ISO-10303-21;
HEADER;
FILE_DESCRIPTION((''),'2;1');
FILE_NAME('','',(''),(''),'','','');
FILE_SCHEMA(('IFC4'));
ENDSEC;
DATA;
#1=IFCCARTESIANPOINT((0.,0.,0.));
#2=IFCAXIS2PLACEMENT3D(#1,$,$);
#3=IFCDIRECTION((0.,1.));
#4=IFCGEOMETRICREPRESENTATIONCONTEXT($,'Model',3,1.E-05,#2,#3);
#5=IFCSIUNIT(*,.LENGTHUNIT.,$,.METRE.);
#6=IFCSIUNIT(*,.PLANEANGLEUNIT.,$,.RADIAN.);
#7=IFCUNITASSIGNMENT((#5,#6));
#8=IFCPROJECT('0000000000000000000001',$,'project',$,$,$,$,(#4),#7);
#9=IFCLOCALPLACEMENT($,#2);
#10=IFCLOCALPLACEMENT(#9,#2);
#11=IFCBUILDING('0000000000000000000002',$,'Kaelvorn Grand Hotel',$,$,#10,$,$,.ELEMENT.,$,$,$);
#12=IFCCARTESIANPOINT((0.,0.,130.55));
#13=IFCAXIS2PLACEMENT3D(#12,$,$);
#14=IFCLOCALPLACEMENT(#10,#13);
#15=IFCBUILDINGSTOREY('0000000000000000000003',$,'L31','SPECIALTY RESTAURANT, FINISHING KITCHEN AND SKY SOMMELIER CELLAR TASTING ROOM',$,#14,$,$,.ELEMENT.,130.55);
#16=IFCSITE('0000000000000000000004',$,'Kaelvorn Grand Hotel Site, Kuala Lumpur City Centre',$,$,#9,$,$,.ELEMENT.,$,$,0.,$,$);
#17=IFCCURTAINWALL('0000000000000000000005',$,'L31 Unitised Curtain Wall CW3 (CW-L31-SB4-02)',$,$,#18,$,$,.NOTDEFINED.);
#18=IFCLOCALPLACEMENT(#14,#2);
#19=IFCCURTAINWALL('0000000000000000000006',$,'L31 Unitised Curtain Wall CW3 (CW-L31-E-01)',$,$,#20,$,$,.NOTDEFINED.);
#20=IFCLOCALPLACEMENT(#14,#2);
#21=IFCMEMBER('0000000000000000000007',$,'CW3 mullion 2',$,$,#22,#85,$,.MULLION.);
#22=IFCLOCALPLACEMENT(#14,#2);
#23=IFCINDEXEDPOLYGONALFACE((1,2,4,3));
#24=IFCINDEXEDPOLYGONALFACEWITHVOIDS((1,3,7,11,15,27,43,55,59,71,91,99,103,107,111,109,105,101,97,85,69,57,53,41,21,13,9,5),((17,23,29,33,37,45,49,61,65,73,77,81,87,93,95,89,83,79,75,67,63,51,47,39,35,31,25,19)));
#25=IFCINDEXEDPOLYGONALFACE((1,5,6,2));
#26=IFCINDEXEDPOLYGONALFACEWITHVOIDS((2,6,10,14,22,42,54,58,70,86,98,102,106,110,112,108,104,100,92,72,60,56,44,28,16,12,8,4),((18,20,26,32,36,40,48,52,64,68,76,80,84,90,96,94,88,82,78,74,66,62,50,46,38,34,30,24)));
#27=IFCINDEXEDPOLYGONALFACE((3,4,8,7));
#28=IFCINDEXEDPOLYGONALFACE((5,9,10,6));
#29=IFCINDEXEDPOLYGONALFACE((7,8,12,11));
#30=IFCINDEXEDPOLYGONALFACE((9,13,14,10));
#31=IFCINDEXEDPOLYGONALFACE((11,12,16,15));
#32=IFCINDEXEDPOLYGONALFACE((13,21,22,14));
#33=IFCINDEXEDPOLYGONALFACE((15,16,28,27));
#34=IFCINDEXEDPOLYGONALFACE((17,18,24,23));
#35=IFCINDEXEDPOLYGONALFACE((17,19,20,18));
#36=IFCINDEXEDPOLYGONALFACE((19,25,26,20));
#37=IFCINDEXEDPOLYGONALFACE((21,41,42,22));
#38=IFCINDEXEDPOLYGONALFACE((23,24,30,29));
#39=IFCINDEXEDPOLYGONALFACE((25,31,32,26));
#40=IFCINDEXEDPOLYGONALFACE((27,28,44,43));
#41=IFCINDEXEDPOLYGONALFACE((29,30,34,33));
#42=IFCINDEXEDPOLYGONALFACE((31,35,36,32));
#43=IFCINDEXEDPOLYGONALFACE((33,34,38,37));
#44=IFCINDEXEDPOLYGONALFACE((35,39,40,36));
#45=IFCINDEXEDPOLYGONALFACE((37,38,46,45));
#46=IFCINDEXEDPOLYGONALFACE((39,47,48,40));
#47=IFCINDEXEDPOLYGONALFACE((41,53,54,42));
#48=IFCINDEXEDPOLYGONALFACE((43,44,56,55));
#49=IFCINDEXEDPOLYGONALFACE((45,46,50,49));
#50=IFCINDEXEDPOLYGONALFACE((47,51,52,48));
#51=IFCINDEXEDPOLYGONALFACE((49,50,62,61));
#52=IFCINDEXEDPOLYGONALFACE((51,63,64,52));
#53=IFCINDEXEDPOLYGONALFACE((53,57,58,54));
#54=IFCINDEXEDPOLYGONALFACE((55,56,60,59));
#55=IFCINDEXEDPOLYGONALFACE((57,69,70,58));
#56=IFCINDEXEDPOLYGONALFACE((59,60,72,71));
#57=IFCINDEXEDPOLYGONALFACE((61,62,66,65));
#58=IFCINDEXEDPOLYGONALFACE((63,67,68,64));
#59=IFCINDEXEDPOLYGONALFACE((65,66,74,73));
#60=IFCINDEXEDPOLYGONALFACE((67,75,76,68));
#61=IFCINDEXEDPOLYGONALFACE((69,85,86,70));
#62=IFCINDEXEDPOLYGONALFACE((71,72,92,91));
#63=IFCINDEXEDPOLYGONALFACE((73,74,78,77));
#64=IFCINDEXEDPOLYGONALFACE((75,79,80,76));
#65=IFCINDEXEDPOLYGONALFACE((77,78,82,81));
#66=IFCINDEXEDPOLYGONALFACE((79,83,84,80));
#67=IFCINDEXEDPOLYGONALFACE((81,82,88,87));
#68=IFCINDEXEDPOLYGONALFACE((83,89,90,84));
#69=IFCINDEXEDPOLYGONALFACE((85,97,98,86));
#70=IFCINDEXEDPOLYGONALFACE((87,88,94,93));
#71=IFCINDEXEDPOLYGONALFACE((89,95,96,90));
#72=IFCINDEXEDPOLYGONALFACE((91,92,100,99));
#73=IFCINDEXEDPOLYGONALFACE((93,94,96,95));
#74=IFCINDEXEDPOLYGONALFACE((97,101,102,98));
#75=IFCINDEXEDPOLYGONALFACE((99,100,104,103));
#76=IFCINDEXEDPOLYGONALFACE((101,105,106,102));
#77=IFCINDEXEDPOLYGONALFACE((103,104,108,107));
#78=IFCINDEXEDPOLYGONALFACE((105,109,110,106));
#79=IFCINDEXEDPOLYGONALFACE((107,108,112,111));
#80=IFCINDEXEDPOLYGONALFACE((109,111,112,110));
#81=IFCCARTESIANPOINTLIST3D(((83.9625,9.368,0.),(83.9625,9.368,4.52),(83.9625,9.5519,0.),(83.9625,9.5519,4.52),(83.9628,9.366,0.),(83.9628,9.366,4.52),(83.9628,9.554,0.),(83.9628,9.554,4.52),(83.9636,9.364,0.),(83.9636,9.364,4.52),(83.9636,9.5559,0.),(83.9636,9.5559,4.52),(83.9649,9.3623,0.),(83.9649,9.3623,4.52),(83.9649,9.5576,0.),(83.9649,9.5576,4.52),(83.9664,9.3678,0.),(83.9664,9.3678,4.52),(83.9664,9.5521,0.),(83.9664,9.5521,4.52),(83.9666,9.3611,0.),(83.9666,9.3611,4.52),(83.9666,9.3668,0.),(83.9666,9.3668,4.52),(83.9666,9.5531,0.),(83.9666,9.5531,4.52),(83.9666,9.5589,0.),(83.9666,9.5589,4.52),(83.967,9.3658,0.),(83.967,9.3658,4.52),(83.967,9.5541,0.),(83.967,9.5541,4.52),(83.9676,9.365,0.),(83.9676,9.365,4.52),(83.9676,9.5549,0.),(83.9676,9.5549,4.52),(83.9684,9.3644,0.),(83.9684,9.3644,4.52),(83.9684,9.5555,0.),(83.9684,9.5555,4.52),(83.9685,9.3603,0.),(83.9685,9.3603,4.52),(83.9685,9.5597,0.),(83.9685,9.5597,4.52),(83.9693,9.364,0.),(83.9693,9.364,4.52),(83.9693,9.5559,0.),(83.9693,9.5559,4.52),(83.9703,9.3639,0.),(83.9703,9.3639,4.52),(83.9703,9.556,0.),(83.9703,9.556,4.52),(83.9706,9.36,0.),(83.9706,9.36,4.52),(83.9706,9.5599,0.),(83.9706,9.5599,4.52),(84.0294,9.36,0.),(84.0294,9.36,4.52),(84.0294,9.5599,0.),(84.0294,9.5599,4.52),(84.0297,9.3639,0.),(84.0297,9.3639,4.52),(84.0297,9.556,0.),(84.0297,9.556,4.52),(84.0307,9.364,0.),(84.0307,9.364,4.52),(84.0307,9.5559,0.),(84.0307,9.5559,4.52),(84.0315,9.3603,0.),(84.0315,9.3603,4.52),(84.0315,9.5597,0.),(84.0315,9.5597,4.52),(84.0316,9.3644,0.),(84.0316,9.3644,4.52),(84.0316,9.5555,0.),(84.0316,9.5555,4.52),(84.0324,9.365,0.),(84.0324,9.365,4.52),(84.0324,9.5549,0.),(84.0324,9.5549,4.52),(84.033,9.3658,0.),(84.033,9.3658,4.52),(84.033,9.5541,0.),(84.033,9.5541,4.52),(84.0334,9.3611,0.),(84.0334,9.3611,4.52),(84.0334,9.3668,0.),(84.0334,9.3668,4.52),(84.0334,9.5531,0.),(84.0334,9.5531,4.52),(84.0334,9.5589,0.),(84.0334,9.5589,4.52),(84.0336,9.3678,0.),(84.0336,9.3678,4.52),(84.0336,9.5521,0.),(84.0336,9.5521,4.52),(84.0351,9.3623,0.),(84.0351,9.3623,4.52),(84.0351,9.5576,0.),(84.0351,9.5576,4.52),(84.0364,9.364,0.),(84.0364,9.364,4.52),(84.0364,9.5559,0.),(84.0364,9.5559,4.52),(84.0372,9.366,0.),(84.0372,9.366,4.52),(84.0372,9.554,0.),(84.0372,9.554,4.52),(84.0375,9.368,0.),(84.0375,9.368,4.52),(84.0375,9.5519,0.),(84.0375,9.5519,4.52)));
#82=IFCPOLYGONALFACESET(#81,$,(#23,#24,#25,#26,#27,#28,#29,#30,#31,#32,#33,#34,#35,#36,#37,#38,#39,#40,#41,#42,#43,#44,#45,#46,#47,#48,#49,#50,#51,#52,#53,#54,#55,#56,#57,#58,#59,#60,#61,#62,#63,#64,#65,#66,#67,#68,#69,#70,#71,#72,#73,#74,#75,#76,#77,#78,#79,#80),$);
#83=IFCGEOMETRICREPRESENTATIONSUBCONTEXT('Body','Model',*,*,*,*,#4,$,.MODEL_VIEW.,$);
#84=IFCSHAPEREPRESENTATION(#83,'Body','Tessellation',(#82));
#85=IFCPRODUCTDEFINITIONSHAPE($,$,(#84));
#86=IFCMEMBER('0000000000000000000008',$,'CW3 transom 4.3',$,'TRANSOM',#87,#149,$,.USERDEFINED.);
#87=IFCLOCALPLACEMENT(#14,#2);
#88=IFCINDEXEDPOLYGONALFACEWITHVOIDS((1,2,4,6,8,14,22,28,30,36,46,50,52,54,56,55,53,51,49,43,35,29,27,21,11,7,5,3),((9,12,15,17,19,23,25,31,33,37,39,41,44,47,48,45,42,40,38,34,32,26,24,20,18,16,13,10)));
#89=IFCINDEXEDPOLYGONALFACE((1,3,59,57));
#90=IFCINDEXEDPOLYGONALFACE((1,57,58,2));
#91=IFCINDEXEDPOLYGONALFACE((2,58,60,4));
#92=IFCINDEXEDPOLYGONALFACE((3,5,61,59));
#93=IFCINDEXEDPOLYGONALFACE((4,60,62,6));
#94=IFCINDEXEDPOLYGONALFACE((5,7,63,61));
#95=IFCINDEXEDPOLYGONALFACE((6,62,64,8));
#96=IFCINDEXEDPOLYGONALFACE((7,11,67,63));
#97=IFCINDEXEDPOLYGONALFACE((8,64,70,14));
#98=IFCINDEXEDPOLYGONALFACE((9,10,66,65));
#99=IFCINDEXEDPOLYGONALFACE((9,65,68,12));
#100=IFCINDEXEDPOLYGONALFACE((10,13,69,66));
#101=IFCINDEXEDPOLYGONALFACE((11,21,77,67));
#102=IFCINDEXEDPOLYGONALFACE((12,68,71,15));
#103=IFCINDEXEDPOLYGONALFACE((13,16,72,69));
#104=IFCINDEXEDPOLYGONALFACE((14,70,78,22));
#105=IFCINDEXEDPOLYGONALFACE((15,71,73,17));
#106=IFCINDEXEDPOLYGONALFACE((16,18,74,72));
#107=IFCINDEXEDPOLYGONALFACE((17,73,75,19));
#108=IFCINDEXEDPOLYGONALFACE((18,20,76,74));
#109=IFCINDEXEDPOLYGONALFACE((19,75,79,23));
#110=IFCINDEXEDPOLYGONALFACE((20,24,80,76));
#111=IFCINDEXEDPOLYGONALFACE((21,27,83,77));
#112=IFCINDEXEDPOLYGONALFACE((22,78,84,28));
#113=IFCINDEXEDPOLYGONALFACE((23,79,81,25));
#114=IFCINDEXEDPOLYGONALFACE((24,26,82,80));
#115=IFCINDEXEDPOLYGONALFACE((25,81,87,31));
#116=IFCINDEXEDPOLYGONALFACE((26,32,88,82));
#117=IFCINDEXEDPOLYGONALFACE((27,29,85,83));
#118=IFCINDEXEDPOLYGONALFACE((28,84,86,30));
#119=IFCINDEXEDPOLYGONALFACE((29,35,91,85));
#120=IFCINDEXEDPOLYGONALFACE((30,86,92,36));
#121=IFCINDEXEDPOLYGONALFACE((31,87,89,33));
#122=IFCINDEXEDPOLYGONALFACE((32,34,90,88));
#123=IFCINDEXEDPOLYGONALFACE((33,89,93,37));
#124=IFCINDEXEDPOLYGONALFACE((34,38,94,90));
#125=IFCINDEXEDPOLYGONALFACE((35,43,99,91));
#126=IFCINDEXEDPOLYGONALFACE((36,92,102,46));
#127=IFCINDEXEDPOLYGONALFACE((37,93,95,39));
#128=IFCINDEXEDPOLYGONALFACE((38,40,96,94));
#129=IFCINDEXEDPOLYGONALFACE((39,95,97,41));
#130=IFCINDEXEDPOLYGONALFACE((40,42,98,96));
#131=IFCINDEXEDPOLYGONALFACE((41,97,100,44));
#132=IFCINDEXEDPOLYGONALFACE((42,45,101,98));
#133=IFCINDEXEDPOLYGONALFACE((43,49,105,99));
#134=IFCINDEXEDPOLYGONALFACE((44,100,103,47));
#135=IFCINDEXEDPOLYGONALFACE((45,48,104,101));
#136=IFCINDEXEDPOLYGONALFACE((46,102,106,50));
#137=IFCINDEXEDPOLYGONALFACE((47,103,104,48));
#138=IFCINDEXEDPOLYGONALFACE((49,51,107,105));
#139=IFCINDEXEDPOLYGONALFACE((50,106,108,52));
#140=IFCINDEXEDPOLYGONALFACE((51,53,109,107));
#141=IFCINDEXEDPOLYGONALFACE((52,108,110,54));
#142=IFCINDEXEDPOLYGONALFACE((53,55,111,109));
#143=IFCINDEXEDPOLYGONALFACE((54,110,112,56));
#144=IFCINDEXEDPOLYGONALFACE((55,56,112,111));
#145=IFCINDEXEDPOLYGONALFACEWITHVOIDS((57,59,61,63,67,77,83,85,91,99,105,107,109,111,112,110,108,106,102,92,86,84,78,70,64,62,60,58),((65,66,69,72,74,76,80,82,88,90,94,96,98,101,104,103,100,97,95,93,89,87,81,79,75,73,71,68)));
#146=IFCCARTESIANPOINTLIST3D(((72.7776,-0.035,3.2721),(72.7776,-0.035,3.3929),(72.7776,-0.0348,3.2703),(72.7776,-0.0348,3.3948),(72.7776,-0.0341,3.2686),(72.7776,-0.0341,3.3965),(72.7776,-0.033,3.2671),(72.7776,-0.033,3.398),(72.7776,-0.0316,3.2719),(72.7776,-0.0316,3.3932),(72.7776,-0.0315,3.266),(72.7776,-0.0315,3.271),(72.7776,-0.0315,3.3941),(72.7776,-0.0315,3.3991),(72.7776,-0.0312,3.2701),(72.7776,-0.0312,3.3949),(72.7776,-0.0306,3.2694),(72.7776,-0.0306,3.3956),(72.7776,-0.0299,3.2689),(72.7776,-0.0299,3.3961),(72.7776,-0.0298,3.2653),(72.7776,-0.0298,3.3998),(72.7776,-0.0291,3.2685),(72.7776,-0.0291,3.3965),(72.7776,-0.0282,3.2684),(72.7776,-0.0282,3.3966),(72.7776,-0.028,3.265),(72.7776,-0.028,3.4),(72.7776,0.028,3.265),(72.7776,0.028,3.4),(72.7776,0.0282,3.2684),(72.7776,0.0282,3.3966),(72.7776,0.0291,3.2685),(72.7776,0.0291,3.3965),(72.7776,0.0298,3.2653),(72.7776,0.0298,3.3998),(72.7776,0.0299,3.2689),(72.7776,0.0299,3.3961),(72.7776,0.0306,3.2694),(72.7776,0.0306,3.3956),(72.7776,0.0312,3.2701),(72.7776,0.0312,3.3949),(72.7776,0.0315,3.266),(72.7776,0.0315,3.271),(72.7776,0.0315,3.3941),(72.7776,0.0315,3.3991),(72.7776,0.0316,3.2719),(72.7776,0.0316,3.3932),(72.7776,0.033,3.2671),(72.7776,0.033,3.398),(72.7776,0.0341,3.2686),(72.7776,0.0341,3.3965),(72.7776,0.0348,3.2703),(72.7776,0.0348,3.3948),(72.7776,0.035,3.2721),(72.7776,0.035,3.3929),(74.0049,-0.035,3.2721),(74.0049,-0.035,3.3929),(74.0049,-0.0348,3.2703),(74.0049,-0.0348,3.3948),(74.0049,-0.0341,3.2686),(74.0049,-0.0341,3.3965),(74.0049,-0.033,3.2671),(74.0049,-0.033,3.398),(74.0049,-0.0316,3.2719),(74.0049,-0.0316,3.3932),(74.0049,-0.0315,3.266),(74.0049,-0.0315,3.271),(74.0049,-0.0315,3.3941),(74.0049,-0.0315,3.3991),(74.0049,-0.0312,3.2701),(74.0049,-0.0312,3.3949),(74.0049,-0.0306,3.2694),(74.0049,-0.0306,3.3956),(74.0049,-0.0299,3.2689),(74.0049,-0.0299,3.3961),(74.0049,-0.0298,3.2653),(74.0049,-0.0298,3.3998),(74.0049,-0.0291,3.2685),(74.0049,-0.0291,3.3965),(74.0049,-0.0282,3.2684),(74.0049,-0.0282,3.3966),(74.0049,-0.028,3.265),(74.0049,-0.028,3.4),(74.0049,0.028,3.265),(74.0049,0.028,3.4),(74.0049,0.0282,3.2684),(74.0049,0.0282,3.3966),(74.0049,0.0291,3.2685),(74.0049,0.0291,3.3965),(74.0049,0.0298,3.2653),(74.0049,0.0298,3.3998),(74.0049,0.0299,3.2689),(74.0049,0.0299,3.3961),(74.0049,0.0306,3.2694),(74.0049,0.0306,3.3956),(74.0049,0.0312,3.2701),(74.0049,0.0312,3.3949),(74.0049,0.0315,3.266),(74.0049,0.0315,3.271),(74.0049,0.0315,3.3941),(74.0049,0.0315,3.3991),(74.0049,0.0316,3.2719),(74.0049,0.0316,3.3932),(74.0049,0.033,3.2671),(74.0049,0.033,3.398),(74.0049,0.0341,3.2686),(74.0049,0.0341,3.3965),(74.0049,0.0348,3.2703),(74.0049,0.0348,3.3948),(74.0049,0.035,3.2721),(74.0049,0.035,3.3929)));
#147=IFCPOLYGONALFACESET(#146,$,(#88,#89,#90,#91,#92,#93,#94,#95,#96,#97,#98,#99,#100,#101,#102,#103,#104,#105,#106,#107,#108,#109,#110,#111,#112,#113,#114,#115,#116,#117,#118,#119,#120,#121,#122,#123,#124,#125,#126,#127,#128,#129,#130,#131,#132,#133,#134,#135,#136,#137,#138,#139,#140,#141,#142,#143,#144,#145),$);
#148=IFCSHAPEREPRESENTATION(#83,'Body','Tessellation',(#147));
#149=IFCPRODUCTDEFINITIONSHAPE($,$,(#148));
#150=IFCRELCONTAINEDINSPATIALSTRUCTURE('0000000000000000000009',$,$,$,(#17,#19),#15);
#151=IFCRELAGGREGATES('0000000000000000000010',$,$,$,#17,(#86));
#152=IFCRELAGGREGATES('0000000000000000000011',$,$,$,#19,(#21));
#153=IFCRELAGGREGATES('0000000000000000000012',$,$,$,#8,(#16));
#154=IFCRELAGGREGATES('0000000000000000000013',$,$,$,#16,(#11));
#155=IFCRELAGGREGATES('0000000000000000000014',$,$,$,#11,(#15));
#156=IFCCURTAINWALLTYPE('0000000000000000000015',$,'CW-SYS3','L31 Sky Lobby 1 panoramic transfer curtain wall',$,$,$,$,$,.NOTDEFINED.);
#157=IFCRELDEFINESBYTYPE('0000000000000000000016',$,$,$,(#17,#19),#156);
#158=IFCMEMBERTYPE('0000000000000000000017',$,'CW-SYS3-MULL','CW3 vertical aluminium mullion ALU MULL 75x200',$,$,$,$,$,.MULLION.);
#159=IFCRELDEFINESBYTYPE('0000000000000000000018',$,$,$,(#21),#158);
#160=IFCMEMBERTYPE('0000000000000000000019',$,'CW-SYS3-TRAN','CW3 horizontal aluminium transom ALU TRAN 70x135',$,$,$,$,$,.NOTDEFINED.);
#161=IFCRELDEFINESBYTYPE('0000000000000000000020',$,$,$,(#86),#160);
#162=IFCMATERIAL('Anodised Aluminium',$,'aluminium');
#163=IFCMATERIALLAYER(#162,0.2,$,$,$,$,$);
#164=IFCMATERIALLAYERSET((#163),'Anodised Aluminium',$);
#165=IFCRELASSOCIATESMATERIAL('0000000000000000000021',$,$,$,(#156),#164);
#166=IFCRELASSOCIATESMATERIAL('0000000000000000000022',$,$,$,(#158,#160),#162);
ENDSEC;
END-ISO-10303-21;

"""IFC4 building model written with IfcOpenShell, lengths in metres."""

from ifc_helpers import new_model, si_unit, direction, frame, origin, origin_2d, place, context, subcontext, project, spatial, hollow_rectangle, extrude, material, layer, layer_set, material_profile, profile_set, type_object, element, aggregate, save


model = new_model("IFC4")

# Units and contexts
model_context = context("Model", 3, precision=1e-05, world=origin(), true_north=direction((0.0, 1.0)))
body_context = subcontext(model_context, "Body", "Model", "MODEL_VIEW")
ifc_project = project(units=[si_unit("LENGTHUNIT", "METRE"), si_unit("PLANEANGLEUNIT", "RADIAN")], contexts=[model_context])

# Site, building, storey
site_placement = place(None, origin())
site = spatial("IfcSite", under=ifc_project, at=site_placement, Name="Kaelvorn Grand Hotel Site, Kuala Lumpur City Centre", CompositionType="ELEMENT", RefElevation=0.0)
building_placement = place(site_placement, origin())
building = spatial("IfcBuilding", under=site, at=building_placement, Name="Kaelvorn Grand Hotel", CompositionType="ELEMENT")
storey_placement = place(building_placement, frame((0.0, 0.0, 130.55)))
storey = spatial("IfcBuildingStorey", under=building, at=storey_placement, Name="L31", Description="SPECIALTY RESTAURANT, FINISHING KITCHEN AND SKY SOMMELIER CELLAR TASTING ROOM", CompositionType="ELEMENT", Elevation=130.55)

# Curtain wall
ifc_material_1 = material(Name="Anodised Aluminium", Category="aluminium")
ifc_layer_1 = layer(ifc_material_1, 0.2)
ifc_layer_set_1 = layer_set([ifc_layer_1], Name="Anodised Aluminium")
curtain_wall_type = type_object("IfcCurtainWallType", Name="CW-SYS3", Description="L31 Sky Lobby 1 panoramic transfer curtain wall", PredefinedType="NOTDEFINED", material=ifc_layer_set_1)
curtain_wall_1_placement = place(storey_placement, origin())
curtain_wall_1 = element("IfcCurtainWall", 1, at=curtain_wall_1_placement, inside=storey, type_object=curtain_wall_type, Name="L31 Unitised Curtain Wall CW3 (CW-L31-SB4-02)", PredefinedType="NOTDEFINED")
ifc_material_profile_1 = material_profile(ifc_material_1, hollow_rectangle(XDim=0.075, YDim=0.2, WallThickness=0.0039, InnerFilletRadius=0.0039, OuterFilletRadius=0.0081, at=origin_2d()), Name="ALU MULL 75x200")
ifc_profile_set_1 = profile_set([ifc_material_profile_1], Name="Anodised Aluminium")
member_type_1 = type_object("IfcMemberType", Name="CW-SYS3-MULL", Description="CW3 vertical aluminium mullion ALU MULL 75x200", PredefinedType="MULLION", material=ifc_profile_set_1)

# Curtain wall, member
curtain_wall_2_placement = place(storey_placement, origin())
curtain_wall_2 = element("IfcCurtainWall", 2, at=curtain_wall_2_placement, inside=storey, type_object=curtain_wall_type, Name="L31 Unitised Curtain Wall CW3 (CW-L31-E-01)", PredefinedType="NOTDEFINED")
member_1_placement = place(storey_placement, frame((84.0, 9.46, 0.0), z_axis=(0.0, 0.0, 1.0), x_axis=(-1.0, 0.0, 0.0)))
member_1 = element("IfcMember", 3, at=member_1_placement, type_object=member_type_1, Name="CW3 mullion 2", PredefinedType="MULLION", context=body_context, shape_type="SweptSolid", body=[
    extrude(hollow_rectangle(XDim=0.075, YDim=0.2, WallThickness=0.0039, InnerFilletRadius=0.0039, OuterFilletRadius=0.0081, at=origin_2d()), origin(), (0.0, 0.0, 1.0), 4.52),
])

# Member
ifc_material_profile_2 = material_profile(ifc_material_1, hollow_rectangle(XDim=0.0701, YDim=0.135, WallThickness=0.0034, InnerFilletRadius=0.0034, OuterFilletRadius=0.0071, at=origin_2d()), Name="ALU TRAN 70x135")
ifc_profile_set_2 = profile_set([ifc_material_profile_2], Name="Anodised Aluminium")
member_type_2 = type_object("IfcMemberType", Name="CW-SYS3-TRAN", Description="CW3 horizontal aluminium transom ALU TRAN 70x135", PredefinedType="NOTDEFINED", material=ifc_profile_set_2)
member_2_placement = place(storey_placement, frame((72.7776, 0.0, 3.3325), z_axis=(1.0, 0.0, 0.0), x_axis=(0.0, 1.0, 0.0)))
member_2 = element("IfcMember", 4, at=member_2_placement, type_object=member_type_2, Name="CW3 transom 4.3", ObjectType="TRANSOM", PredefinedType="USERDEFINED", context=body_context, shape_type="SweptSolid", body=[
    extrude(hollow_rectangle(XDim=0.0701, YDim=0.135, WallThickness=0.0034, InnerFilletRadius=0.0034, OuterFilletRadius=0.0071, at=origin_2d()), origin(), (0.0, 0.0, 1.0), 1.2273),
])

aggregate(curtain_wall_1, [member_2])
aggregate(curtain_wall_2, [member_1])

save(model, "model.ifc")
